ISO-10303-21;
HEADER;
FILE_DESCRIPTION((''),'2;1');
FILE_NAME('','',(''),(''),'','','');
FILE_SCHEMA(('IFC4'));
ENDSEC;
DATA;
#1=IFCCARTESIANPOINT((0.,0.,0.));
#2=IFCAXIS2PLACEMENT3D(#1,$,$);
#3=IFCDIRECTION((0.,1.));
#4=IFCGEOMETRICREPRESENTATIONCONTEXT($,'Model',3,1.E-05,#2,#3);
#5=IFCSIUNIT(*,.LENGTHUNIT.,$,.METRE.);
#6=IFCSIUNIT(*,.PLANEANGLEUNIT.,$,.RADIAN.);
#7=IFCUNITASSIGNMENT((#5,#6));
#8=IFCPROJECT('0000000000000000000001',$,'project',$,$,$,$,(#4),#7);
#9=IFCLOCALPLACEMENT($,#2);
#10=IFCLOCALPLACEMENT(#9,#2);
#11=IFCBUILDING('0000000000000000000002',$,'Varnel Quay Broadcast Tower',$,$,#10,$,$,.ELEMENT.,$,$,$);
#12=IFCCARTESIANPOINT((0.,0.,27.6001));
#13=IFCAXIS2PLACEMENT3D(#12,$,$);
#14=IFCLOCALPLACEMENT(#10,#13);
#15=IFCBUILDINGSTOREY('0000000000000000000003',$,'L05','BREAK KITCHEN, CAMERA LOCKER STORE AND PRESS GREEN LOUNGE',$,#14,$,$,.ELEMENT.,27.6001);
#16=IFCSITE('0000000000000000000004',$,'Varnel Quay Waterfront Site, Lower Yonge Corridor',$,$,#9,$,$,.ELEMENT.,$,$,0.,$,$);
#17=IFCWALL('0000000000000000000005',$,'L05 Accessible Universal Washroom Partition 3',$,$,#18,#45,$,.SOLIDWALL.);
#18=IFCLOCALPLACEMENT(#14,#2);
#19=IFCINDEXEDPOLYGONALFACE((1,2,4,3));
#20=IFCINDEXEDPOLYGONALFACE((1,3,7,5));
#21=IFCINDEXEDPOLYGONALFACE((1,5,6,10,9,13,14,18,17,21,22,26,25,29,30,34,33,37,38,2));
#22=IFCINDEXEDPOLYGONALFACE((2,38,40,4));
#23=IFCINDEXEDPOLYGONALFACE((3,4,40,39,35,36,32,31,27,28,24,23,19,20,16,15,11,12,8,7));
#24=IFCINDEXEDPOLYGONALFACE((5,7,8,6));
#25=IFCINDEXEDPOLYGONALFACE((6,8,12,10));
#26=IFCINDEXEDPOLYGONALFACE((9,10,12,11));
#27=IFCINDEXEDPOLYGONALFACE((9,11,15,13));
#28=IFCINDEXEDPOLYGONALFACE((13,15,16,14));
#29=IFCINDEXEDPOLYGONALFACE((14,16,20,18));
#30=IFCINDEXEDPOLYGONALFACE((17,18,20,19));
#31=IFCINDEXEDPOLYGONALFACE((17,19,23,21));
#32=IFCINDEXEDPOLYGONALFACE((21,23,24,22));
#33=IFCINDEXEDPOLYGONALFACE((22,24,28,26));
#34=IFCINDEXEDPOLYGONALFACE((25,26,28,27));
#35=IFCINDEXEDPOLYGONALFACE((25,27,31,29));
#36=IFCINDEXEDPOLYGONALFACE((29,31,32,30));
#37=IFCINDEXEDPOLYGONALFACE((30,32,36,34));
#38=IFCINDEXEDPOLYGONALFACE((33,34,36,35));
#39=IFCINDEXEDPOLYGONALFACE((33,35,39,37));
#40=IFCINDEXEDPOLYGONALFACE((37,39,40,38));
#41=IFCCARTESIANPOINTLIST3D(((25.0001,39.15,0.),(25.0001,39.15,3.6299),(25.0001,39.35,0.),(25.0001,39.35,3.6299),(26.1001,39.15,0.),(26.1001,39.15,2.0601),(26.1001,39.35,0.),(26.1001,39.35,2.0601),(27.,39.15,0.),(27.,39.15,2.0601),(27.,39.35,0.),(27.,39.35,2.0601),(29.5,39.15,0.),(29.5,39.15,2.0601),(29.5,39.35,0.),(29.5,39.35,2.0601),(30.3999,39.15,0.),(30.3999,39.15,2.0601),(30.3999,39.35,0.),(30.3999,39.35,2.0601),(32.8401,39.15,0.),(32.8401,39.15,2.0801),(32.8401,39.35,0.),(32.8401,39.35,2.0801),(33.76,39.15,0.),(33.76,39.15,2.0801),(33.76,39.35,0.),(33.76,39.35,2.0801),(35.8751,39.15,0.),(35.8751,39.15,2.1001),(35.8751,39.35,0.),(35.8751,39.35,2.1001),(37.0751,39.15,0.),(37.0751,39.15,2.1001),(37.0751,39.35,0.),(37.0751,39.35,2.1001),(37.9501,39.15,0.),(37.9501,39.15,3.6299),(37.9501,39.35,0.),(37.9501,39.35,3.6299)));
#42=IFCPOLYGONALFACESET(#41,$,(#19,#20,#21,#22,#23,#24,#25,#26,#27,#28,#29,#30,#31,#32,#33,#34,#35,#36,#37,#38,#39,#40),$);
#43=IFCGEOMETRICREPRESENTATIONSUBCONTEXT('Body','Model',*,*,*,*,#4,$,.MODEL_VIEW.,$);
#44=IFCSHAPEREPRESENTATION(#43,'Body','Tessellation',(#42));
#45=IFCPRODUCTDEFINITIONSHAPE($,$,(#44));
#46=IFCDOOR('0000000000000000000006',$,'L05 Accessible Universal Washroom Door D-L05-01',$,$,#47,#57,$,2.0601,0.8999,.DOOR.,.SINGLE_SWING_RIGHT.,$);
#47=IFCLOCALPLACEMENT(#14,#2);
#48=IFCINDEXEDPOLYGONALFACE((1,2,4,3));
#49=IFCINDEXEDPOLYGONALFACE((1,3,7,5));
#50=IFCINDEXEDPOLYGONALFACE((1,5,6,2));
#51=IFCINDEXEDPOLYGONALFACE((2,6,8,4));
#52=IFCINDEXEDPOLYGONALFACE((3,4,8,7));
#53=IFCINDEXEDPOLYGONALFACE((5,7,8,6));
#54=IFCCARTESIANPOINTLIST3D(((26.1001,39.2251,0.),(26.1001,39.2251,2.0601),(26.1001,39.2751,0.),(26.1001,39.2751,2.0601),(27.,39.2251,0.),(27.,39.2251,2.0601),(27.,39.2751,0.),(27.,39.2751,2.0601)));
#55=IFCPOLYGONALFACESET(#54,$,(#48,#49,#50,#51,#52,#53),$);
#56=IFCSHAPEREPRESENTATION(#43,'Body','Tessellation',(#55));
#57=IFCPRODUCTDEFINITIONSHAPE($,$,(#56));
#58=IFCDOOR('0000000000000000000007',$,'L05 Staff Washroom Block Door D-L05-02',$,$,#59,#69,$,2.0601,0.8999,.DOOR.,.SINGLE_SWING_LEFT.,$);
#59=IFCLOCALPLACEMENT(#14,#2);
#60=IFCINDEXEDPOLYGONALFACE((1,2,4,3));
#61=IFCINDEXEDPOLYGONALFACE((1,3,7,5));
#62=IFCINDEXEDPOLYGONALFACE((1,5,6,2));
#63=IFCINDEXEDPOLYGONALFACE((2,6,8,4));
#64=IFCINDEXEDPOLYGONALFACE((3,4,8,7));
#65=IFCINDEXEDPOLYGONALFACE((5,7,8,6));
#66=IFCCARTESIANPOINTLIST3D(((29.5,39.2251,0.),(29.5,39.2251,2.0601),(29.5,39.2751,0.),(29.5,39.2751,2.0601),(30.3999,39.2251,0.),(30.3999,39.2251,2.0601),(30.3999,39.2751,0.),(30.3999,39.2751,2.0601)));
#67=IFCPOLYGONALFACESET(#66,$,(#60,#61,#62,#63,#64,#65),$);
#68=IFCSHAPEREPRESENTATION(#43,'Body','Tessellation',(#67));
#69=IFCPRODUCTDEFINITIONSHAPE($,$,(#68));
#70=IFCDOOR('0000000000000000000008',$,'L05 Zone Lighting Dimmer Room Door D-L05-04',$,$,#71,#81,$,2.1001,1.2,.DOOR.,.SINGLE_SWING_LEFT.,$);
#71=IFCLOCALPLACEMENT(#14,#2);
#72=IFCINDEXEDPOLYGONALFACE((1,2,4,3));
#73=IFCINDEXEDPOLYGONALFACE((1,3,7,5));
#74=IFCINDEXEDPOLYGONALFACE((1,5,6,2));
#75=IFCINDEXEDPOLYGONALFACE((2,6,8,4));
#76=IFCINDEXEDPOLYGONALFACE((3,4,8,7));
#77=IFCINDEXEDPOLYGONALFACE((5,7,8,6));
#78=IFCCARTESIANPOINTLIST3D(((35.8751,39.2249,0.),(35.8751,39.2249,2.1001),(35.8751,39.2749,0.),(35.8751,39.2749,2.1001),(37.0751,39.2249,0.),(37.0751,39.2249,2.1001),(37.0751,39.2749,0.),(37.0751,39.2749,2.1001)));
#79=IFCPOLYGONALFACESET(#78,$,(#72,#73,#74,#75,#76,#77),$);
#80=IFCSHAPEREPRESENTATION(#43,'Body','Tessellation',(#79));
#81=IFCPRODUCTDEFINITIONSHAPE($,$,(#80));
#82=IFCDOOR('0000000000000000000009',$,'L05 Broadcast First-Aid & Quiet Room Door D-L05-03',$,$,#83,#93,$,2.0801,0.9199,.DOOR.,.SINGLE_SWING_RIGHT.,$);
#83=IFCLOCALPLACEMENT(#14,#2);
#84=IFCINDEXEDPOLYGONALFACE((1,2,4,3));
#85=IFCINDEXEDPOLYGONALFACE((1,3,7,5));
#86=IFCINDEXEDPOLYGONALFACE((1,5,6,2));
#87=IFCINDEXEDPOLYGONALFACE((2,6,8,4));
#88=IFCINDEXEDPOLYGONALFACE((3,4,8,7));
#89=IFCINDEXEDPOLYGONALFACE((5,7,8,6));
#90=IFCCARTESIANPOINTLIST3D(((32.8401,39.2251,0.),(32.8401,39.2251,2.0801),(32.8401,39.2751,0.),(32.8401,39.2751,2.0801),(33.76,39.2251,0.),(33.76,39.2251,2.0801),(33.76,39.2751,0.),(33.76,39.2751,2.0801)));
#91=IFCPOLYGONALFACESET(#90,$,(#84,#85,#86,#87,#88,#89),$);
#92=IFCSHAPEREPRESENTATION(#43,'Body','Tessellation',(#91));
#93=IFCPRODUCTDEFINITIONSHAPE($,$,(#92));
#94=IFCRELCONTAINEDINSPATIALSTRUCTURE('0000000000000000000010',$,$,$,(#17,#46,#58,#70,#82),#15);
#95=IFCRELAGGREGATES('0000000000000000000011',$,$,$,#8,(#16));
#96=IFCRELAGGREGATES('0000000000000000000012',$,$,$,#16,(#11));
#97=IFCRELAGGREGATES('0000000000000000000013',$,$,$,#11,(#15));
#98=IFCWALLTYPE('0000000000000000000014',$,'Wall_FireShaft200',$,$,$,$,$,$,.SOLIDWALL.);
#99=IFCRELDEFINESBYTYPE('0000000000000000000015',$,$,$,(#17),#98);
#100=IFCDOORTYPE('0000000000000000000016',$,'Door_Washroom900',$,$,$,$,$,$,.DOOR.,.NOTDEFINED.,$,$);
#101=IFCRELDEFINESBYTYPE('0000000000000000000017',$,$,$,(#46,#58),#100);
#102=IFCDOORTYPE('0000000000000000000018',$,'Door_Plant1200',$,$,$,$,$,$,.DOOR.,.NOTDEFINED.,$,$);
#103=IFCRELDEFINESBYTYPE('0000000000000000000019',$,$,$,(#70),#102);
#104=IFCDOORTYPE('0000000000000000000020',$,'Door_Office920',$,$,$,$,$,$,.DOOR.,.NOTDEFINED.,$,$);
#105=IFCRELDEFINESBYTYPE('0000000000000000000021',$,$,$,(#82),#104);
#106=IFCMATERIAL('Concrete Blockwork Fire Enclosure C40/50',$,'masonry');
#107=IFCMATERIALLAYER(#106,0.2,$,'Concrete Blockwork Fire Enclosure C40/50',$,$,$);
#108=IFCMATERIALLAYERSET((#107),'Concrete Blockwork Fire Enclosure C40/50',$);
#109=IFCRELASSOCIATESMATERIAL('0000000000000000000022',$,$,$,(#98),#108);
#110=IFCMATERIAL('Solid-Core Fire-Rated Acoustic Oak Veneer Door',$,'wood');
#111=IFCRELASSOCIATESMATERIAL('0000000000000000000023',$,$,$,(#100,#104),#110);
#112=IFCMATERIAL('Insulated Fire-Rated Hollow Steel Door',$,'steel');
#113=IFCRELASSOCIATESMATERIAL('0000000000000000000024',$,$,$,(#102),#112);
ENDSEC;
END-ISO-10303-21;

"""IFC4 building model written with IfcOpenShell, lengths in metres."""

from ifc_helpers import new_model, si_unit, direction, frame, frame_2d, origin, place, context, subcontext, project, spatial, rectangle, extrude, source, transform, mapped, material, layer, layer_set, type_object, type_shapes, element, fill, save


model = new_model("IFC4")

# Units and contexts
model_context = context("Model", 3, precision=1e-05, world=origin(), true_north=direction((0.0, 1.0)))
body_context = subcontext(model_context, "Body", "Model", "MODEL_VIEW")
ifc_project = project(units=[si_unit("LENGTHUNIT", "METRE"), si_unit("PLANEANGLEUNIT", "RADIAN")], contexts=[model_context])

# Site, building, storey
site_placement = place(None, origin())
site = spatial("IfcSite", under=ifc_project, at=site_placement, Name="Varnel Quay Waterfront Site, Lower Yonge Corridor", CompositionType="ELEMENT", RefElevation=0.0)
building_placement = place(site_placement, origin())
building = spatial("IfcBuilding", under=site, at=building_placement, Name="Varnel Quay Broadcast Tower", CompositionType="ELEMENT")
storey_placement = place(building_placement, frame((0.0, 0.0, 27.6001)))
storey = spatial("IfcBuildingStorey", under=building, at=storey_placement, Name="L05", Description="BREAK KITCHEN, CAMERA LOCKER STORE AND PRESS GREEN LOUNGE", CompositionType="ELEMENT", Elevation=27.6001)

# Wall, openings, doors
ifc_material_1 = material(Name="Concrete Blockwork Fire Enclosure C40/50", Category="masonry")
ifc_layer_1 = layer(ifc_material_1, 0.2, Name="Concrete Blockwork Fire Enclosure C40/50")
ifc_layer_set_1 = layer_set([ifc_layer_1], Name="Concrete Blockwork Fire Enclosure C40/50")
wall_type_1 = type_object("IfcWallType", Name="Wall_FireShaft200", PredefinedType="SOLIDWALL", material=ifc_layer_set_1)
wall_1_placement = place(storey_placement, frame((25.0, 39.25, 0.0), z_axis=(0.0, 0.0, 1.0), x_axis=(1.0, 0.0, 0.0)))
wall_1 = element("IfcWall", 1, at=wall_1_placement, inside=storey, type_object=wall_type_1, Name="L05 Accessible Universal Washroom Partition 3", PredefinedType="SOLIDWALL", context=body_context, shape_type="SweptSolid", body=[
    extrude(rectangle(XDim=12.95, YDim=0.2, at=frame_2d((6.4751, 0.0))), origin(), (0.0, 0.0, 1.0), 3.6299),
])
opening_1_placement = place(wall_1_placement, frame((1.1001, 0.0, 0.0)))
opening_1 = element("IfcOpeningElement", 2, at=opening_1_placement, cuts=wall_1, PredefinedType="OPENING", context=body_context, shape_type="SweptSolid", body=[
    extrude(rectangle(XDim=0.8999, YDim=2.0601, at=frame_2d((0.45, 1.03))), frame((0.0, 0.1099, 0.0), z_axis=(0.0, -1.0, 0.0), x_axis=(1.0, 0.0, 0.0)), (0.0, 0.0, 1.0), 0.22),
])
opening_2_placement = place(wall_1_placement, frame((4.5, 0.0, 0.0)))
opening_2 = element("IfcOpeningElement", 3, at=opening_2_placement, cuts=wall_1, PredefinedType="OPENING", context=body_context, shape_type="SweptSolid", body=[
    extrude(rectangle(XDim=0.8999, YDim=2.0601, at=frame_2d((0.45, 1.03))), frame((0.0, 0.1099, 0.0), z_axis=(0.0, -1.0, 0.0), x_axis=(1.0, 0.0, 0.0)), (0.0, 0.0, 1.0), 0.22),
])
opening_3_placement = place(wall_1_placement, frame((7.8401, 0.0, 0.0)))
opening_3 = element("IfcOpeningElement", 4, at=opening_3_placement, cuts=wall_1, PredefinedType="OPENING", context=body_context, shape_type="SweptSolid", body=[
    extrude(rectangle(XDim=0.9199, YDim=2.0801, at=frame_2d((0.46, 1.04))), frame((0.0, 0.1099, 0.0), z_axis=(0.0, -1.0, 0.0), x_axis=(1.0, 0.0, 0.0)), (0.0, 0.0, 1.0), 0.22),
])
opening_4_placement = place(wall_1_placement, frame((10.875, 0.0, 0.0)))
opening_4 = element("IfcOpeningElement", 5, at=opening_4_placement, cuts=wall_1, PredefinedType="OPENING", context=body_context, shape_type="SweptSolid", body=[
    extrude(rectangle(XDim=1.2, YDim=2.1001, at=frame_2d((0.6001, 1.05))), frame((0.0, 0.1099, 0.0), z_axis=(0.0, -1.0, 0.0), x_axis=(1.0, 0.0, 0.0)), (0.0, 0.0, 1.0), 0.22),
])
ifc_material_2 = material(Name="Solid-Core Fire-Rated Acoustic Oak Veneer Door", Category="wood")
door_type_1 = type_object("IfcDoorType", Name="Door_Washroom900", OperationType="NOTDEFINED", PredefinedType="DOOR", material=ifc_material_2)
shared_shape_1 = source(origin(), body_context, "Body", "SweptSolid", [
    extrude(rectangle(XDim=0.8999, YDim=2.0601, at=frame_2d((0.45, 1.03))), frame((0.0, 0.0249, 0.0), z_axis=(0.0, -1.0, 0.0), x_axis=(1.0, 0.0, 0.0)), (0.0, 0.0, 1.0), 0.05),
])
type_shapes(door_type_1, [shared_shape_1])
door_1_placement = place(opening_1_placement, frame((0.8999, 0.0, 0.0), z_axis=(0.0, 0.0, 1.0), x_axis=(-1.0, 0.0, 0.0)))
door_1 = element("IfcDoor", 6, at=door_1_placement, inside=storey, type_object=door_type_1, Name="L05 Accessible Universal Washroom Door D-L05-01", OperationType="SINGLE_SWING_RIGHT", OverallHeight=2.0601, OverallWidth=0.8999, PredefinedType="DOOR", context=body_context, shape_type="MappedRepresentation", body=[
    mapped(shared_shape_1, transform((0.0, 0.0, 0.0), x_axis=(1.0, 0.0, 0.0), y_axis=(0.0, 1.0, 0.0), z_axis=(0.0, 0.0, 1.0), scale=1.0)),
])
fill(opening_1, door_1)
door_2_placement = place(opening_2_placement, frame((0.8999, 0.0, 0.0), z_axis=(0.0, 0.0, 1.0), x_axis=(-1.0, 0.0, 0.0)))
door_2 = element("IfcDoor", 7, at=door_2_placement, inside=storey, type_object=door_type_1, Name="L05 Staff Washroom Block Door D-L05-02", OperationType="SINGLE_SWING_LEFT", OverallHeight=2.0601, OverallWidth=0.8999, PredefinedType="DOOR", context=body_context, shape_type="MappedRepresentation", body=[
    mapped(shared_shape_1, transform((0.0, 0.0, 0.0), x_axis=(1.0, 0.0, 0.0), y_axis=(0.0, 1.0, 0.0), z_axis=(0.0, 0.0, 1.0), scale=1.0)),
])
fill(opening_2, door_2)
ifc_material_3 = material(Name="Insulated Fire-Rated Hollow Steel Door", Category="steel")
door_type_2 = type_object("IfcDoorType", Name="Door_Plant1200", OperationType="NOTDEFINED", PredefinedType="DOOR", material=ifc_material_3)
shared_shape_2 = source(origin(), body_context, "Body", "SweptSolid", [
    extrude(rectangle(XDim=1.2, YDim=2.1001, at=frame_2d((0.6001, 1.05))), frame((0.0, 0.0249, 0.0), z_axis=(0.0, -1.0, 0.0), x_axis=(1.0, 0.0, 0.0)), (0.0, 0.0, 1.0), 0.05),
])
type_shapes(door_type_2, [shared_shape_2])
door_3_placement = place(opening_4_placement, origin())
door_3 = element("IfcDoor", 8, at=door_3_placement, inside=storey, type_object=door_type_2, Name="L05 Zone Lighting Dimmer Room Door D-L05-04", OperationType="SINGLE_SWING_LEFT", OverallHeight=2.1001, OverallWidth=1.2, PredefinedType="DOOR", context=body_context, shape_type="MappedRepresentation", body=[
    mapped(shared_shape_2, transform((0.0, 0.0, 0.0), x_axis=(1.0, 0.0, 0.0), y_axis=(0.0, 1.0, 0.0), z_axis=(0.0, 0.0, 1.0), scale=1.0)),
])
fill(opening_4, door_3)
door_type_3 = type_object("IfcDoorType", Name="Door_Office920", OperationType="NOTDEFINED", PredefinedType="DOOR", material=ifc_material_2)
shared_shape_3 = source(origin(), body_context, "Body", "SweptSolid", [
    extrude(rectangle(XDim=0.9199, YDim=2.0801, at=frame_2d((0.46, 1.04))), frame((0.0, 0.0249, 0.0), z_axis=(0.0, -1.0, 0.0), x_axis=(1.0, 0.0, 0.0)), (0.0, 0.0, 1.0), 0.05),
])
type_shapes(door_type_3, [shared_shape_3])
door_4_placement = place(opening_3_placement, frame((0.9199, 0.0, 0.0), z_axis=(0.0, 0.0, 1.0), x_axis=(-1.0, 0.0, 0.0)))
door_4 = element("IfcDoor", 9, at=door_4_placement, inside=storey, type_object=door_type_3, Name="L05 Broadcast First-Aid & Quiet Room Door D-L05-03", OperationType="SINGLE_SWING_RIGHT", OverallHeight=2.0801, OverallWidth=0.9199, PredefinedType="DOOR", context=body_context, shape_type="MappedRepresentation", body=[
    mapped(shared_shape_3, transform((0.0, 0.0, 0.0), x_axis=(1.0, 0.0, 0.0), y_axis=(0.0, 1.0, 0.0), z_axis=(0.0, 0.0, 1.0), scale=1.0)),
])
fill(opening_3, door_4)

save(model, "model.ifc")
